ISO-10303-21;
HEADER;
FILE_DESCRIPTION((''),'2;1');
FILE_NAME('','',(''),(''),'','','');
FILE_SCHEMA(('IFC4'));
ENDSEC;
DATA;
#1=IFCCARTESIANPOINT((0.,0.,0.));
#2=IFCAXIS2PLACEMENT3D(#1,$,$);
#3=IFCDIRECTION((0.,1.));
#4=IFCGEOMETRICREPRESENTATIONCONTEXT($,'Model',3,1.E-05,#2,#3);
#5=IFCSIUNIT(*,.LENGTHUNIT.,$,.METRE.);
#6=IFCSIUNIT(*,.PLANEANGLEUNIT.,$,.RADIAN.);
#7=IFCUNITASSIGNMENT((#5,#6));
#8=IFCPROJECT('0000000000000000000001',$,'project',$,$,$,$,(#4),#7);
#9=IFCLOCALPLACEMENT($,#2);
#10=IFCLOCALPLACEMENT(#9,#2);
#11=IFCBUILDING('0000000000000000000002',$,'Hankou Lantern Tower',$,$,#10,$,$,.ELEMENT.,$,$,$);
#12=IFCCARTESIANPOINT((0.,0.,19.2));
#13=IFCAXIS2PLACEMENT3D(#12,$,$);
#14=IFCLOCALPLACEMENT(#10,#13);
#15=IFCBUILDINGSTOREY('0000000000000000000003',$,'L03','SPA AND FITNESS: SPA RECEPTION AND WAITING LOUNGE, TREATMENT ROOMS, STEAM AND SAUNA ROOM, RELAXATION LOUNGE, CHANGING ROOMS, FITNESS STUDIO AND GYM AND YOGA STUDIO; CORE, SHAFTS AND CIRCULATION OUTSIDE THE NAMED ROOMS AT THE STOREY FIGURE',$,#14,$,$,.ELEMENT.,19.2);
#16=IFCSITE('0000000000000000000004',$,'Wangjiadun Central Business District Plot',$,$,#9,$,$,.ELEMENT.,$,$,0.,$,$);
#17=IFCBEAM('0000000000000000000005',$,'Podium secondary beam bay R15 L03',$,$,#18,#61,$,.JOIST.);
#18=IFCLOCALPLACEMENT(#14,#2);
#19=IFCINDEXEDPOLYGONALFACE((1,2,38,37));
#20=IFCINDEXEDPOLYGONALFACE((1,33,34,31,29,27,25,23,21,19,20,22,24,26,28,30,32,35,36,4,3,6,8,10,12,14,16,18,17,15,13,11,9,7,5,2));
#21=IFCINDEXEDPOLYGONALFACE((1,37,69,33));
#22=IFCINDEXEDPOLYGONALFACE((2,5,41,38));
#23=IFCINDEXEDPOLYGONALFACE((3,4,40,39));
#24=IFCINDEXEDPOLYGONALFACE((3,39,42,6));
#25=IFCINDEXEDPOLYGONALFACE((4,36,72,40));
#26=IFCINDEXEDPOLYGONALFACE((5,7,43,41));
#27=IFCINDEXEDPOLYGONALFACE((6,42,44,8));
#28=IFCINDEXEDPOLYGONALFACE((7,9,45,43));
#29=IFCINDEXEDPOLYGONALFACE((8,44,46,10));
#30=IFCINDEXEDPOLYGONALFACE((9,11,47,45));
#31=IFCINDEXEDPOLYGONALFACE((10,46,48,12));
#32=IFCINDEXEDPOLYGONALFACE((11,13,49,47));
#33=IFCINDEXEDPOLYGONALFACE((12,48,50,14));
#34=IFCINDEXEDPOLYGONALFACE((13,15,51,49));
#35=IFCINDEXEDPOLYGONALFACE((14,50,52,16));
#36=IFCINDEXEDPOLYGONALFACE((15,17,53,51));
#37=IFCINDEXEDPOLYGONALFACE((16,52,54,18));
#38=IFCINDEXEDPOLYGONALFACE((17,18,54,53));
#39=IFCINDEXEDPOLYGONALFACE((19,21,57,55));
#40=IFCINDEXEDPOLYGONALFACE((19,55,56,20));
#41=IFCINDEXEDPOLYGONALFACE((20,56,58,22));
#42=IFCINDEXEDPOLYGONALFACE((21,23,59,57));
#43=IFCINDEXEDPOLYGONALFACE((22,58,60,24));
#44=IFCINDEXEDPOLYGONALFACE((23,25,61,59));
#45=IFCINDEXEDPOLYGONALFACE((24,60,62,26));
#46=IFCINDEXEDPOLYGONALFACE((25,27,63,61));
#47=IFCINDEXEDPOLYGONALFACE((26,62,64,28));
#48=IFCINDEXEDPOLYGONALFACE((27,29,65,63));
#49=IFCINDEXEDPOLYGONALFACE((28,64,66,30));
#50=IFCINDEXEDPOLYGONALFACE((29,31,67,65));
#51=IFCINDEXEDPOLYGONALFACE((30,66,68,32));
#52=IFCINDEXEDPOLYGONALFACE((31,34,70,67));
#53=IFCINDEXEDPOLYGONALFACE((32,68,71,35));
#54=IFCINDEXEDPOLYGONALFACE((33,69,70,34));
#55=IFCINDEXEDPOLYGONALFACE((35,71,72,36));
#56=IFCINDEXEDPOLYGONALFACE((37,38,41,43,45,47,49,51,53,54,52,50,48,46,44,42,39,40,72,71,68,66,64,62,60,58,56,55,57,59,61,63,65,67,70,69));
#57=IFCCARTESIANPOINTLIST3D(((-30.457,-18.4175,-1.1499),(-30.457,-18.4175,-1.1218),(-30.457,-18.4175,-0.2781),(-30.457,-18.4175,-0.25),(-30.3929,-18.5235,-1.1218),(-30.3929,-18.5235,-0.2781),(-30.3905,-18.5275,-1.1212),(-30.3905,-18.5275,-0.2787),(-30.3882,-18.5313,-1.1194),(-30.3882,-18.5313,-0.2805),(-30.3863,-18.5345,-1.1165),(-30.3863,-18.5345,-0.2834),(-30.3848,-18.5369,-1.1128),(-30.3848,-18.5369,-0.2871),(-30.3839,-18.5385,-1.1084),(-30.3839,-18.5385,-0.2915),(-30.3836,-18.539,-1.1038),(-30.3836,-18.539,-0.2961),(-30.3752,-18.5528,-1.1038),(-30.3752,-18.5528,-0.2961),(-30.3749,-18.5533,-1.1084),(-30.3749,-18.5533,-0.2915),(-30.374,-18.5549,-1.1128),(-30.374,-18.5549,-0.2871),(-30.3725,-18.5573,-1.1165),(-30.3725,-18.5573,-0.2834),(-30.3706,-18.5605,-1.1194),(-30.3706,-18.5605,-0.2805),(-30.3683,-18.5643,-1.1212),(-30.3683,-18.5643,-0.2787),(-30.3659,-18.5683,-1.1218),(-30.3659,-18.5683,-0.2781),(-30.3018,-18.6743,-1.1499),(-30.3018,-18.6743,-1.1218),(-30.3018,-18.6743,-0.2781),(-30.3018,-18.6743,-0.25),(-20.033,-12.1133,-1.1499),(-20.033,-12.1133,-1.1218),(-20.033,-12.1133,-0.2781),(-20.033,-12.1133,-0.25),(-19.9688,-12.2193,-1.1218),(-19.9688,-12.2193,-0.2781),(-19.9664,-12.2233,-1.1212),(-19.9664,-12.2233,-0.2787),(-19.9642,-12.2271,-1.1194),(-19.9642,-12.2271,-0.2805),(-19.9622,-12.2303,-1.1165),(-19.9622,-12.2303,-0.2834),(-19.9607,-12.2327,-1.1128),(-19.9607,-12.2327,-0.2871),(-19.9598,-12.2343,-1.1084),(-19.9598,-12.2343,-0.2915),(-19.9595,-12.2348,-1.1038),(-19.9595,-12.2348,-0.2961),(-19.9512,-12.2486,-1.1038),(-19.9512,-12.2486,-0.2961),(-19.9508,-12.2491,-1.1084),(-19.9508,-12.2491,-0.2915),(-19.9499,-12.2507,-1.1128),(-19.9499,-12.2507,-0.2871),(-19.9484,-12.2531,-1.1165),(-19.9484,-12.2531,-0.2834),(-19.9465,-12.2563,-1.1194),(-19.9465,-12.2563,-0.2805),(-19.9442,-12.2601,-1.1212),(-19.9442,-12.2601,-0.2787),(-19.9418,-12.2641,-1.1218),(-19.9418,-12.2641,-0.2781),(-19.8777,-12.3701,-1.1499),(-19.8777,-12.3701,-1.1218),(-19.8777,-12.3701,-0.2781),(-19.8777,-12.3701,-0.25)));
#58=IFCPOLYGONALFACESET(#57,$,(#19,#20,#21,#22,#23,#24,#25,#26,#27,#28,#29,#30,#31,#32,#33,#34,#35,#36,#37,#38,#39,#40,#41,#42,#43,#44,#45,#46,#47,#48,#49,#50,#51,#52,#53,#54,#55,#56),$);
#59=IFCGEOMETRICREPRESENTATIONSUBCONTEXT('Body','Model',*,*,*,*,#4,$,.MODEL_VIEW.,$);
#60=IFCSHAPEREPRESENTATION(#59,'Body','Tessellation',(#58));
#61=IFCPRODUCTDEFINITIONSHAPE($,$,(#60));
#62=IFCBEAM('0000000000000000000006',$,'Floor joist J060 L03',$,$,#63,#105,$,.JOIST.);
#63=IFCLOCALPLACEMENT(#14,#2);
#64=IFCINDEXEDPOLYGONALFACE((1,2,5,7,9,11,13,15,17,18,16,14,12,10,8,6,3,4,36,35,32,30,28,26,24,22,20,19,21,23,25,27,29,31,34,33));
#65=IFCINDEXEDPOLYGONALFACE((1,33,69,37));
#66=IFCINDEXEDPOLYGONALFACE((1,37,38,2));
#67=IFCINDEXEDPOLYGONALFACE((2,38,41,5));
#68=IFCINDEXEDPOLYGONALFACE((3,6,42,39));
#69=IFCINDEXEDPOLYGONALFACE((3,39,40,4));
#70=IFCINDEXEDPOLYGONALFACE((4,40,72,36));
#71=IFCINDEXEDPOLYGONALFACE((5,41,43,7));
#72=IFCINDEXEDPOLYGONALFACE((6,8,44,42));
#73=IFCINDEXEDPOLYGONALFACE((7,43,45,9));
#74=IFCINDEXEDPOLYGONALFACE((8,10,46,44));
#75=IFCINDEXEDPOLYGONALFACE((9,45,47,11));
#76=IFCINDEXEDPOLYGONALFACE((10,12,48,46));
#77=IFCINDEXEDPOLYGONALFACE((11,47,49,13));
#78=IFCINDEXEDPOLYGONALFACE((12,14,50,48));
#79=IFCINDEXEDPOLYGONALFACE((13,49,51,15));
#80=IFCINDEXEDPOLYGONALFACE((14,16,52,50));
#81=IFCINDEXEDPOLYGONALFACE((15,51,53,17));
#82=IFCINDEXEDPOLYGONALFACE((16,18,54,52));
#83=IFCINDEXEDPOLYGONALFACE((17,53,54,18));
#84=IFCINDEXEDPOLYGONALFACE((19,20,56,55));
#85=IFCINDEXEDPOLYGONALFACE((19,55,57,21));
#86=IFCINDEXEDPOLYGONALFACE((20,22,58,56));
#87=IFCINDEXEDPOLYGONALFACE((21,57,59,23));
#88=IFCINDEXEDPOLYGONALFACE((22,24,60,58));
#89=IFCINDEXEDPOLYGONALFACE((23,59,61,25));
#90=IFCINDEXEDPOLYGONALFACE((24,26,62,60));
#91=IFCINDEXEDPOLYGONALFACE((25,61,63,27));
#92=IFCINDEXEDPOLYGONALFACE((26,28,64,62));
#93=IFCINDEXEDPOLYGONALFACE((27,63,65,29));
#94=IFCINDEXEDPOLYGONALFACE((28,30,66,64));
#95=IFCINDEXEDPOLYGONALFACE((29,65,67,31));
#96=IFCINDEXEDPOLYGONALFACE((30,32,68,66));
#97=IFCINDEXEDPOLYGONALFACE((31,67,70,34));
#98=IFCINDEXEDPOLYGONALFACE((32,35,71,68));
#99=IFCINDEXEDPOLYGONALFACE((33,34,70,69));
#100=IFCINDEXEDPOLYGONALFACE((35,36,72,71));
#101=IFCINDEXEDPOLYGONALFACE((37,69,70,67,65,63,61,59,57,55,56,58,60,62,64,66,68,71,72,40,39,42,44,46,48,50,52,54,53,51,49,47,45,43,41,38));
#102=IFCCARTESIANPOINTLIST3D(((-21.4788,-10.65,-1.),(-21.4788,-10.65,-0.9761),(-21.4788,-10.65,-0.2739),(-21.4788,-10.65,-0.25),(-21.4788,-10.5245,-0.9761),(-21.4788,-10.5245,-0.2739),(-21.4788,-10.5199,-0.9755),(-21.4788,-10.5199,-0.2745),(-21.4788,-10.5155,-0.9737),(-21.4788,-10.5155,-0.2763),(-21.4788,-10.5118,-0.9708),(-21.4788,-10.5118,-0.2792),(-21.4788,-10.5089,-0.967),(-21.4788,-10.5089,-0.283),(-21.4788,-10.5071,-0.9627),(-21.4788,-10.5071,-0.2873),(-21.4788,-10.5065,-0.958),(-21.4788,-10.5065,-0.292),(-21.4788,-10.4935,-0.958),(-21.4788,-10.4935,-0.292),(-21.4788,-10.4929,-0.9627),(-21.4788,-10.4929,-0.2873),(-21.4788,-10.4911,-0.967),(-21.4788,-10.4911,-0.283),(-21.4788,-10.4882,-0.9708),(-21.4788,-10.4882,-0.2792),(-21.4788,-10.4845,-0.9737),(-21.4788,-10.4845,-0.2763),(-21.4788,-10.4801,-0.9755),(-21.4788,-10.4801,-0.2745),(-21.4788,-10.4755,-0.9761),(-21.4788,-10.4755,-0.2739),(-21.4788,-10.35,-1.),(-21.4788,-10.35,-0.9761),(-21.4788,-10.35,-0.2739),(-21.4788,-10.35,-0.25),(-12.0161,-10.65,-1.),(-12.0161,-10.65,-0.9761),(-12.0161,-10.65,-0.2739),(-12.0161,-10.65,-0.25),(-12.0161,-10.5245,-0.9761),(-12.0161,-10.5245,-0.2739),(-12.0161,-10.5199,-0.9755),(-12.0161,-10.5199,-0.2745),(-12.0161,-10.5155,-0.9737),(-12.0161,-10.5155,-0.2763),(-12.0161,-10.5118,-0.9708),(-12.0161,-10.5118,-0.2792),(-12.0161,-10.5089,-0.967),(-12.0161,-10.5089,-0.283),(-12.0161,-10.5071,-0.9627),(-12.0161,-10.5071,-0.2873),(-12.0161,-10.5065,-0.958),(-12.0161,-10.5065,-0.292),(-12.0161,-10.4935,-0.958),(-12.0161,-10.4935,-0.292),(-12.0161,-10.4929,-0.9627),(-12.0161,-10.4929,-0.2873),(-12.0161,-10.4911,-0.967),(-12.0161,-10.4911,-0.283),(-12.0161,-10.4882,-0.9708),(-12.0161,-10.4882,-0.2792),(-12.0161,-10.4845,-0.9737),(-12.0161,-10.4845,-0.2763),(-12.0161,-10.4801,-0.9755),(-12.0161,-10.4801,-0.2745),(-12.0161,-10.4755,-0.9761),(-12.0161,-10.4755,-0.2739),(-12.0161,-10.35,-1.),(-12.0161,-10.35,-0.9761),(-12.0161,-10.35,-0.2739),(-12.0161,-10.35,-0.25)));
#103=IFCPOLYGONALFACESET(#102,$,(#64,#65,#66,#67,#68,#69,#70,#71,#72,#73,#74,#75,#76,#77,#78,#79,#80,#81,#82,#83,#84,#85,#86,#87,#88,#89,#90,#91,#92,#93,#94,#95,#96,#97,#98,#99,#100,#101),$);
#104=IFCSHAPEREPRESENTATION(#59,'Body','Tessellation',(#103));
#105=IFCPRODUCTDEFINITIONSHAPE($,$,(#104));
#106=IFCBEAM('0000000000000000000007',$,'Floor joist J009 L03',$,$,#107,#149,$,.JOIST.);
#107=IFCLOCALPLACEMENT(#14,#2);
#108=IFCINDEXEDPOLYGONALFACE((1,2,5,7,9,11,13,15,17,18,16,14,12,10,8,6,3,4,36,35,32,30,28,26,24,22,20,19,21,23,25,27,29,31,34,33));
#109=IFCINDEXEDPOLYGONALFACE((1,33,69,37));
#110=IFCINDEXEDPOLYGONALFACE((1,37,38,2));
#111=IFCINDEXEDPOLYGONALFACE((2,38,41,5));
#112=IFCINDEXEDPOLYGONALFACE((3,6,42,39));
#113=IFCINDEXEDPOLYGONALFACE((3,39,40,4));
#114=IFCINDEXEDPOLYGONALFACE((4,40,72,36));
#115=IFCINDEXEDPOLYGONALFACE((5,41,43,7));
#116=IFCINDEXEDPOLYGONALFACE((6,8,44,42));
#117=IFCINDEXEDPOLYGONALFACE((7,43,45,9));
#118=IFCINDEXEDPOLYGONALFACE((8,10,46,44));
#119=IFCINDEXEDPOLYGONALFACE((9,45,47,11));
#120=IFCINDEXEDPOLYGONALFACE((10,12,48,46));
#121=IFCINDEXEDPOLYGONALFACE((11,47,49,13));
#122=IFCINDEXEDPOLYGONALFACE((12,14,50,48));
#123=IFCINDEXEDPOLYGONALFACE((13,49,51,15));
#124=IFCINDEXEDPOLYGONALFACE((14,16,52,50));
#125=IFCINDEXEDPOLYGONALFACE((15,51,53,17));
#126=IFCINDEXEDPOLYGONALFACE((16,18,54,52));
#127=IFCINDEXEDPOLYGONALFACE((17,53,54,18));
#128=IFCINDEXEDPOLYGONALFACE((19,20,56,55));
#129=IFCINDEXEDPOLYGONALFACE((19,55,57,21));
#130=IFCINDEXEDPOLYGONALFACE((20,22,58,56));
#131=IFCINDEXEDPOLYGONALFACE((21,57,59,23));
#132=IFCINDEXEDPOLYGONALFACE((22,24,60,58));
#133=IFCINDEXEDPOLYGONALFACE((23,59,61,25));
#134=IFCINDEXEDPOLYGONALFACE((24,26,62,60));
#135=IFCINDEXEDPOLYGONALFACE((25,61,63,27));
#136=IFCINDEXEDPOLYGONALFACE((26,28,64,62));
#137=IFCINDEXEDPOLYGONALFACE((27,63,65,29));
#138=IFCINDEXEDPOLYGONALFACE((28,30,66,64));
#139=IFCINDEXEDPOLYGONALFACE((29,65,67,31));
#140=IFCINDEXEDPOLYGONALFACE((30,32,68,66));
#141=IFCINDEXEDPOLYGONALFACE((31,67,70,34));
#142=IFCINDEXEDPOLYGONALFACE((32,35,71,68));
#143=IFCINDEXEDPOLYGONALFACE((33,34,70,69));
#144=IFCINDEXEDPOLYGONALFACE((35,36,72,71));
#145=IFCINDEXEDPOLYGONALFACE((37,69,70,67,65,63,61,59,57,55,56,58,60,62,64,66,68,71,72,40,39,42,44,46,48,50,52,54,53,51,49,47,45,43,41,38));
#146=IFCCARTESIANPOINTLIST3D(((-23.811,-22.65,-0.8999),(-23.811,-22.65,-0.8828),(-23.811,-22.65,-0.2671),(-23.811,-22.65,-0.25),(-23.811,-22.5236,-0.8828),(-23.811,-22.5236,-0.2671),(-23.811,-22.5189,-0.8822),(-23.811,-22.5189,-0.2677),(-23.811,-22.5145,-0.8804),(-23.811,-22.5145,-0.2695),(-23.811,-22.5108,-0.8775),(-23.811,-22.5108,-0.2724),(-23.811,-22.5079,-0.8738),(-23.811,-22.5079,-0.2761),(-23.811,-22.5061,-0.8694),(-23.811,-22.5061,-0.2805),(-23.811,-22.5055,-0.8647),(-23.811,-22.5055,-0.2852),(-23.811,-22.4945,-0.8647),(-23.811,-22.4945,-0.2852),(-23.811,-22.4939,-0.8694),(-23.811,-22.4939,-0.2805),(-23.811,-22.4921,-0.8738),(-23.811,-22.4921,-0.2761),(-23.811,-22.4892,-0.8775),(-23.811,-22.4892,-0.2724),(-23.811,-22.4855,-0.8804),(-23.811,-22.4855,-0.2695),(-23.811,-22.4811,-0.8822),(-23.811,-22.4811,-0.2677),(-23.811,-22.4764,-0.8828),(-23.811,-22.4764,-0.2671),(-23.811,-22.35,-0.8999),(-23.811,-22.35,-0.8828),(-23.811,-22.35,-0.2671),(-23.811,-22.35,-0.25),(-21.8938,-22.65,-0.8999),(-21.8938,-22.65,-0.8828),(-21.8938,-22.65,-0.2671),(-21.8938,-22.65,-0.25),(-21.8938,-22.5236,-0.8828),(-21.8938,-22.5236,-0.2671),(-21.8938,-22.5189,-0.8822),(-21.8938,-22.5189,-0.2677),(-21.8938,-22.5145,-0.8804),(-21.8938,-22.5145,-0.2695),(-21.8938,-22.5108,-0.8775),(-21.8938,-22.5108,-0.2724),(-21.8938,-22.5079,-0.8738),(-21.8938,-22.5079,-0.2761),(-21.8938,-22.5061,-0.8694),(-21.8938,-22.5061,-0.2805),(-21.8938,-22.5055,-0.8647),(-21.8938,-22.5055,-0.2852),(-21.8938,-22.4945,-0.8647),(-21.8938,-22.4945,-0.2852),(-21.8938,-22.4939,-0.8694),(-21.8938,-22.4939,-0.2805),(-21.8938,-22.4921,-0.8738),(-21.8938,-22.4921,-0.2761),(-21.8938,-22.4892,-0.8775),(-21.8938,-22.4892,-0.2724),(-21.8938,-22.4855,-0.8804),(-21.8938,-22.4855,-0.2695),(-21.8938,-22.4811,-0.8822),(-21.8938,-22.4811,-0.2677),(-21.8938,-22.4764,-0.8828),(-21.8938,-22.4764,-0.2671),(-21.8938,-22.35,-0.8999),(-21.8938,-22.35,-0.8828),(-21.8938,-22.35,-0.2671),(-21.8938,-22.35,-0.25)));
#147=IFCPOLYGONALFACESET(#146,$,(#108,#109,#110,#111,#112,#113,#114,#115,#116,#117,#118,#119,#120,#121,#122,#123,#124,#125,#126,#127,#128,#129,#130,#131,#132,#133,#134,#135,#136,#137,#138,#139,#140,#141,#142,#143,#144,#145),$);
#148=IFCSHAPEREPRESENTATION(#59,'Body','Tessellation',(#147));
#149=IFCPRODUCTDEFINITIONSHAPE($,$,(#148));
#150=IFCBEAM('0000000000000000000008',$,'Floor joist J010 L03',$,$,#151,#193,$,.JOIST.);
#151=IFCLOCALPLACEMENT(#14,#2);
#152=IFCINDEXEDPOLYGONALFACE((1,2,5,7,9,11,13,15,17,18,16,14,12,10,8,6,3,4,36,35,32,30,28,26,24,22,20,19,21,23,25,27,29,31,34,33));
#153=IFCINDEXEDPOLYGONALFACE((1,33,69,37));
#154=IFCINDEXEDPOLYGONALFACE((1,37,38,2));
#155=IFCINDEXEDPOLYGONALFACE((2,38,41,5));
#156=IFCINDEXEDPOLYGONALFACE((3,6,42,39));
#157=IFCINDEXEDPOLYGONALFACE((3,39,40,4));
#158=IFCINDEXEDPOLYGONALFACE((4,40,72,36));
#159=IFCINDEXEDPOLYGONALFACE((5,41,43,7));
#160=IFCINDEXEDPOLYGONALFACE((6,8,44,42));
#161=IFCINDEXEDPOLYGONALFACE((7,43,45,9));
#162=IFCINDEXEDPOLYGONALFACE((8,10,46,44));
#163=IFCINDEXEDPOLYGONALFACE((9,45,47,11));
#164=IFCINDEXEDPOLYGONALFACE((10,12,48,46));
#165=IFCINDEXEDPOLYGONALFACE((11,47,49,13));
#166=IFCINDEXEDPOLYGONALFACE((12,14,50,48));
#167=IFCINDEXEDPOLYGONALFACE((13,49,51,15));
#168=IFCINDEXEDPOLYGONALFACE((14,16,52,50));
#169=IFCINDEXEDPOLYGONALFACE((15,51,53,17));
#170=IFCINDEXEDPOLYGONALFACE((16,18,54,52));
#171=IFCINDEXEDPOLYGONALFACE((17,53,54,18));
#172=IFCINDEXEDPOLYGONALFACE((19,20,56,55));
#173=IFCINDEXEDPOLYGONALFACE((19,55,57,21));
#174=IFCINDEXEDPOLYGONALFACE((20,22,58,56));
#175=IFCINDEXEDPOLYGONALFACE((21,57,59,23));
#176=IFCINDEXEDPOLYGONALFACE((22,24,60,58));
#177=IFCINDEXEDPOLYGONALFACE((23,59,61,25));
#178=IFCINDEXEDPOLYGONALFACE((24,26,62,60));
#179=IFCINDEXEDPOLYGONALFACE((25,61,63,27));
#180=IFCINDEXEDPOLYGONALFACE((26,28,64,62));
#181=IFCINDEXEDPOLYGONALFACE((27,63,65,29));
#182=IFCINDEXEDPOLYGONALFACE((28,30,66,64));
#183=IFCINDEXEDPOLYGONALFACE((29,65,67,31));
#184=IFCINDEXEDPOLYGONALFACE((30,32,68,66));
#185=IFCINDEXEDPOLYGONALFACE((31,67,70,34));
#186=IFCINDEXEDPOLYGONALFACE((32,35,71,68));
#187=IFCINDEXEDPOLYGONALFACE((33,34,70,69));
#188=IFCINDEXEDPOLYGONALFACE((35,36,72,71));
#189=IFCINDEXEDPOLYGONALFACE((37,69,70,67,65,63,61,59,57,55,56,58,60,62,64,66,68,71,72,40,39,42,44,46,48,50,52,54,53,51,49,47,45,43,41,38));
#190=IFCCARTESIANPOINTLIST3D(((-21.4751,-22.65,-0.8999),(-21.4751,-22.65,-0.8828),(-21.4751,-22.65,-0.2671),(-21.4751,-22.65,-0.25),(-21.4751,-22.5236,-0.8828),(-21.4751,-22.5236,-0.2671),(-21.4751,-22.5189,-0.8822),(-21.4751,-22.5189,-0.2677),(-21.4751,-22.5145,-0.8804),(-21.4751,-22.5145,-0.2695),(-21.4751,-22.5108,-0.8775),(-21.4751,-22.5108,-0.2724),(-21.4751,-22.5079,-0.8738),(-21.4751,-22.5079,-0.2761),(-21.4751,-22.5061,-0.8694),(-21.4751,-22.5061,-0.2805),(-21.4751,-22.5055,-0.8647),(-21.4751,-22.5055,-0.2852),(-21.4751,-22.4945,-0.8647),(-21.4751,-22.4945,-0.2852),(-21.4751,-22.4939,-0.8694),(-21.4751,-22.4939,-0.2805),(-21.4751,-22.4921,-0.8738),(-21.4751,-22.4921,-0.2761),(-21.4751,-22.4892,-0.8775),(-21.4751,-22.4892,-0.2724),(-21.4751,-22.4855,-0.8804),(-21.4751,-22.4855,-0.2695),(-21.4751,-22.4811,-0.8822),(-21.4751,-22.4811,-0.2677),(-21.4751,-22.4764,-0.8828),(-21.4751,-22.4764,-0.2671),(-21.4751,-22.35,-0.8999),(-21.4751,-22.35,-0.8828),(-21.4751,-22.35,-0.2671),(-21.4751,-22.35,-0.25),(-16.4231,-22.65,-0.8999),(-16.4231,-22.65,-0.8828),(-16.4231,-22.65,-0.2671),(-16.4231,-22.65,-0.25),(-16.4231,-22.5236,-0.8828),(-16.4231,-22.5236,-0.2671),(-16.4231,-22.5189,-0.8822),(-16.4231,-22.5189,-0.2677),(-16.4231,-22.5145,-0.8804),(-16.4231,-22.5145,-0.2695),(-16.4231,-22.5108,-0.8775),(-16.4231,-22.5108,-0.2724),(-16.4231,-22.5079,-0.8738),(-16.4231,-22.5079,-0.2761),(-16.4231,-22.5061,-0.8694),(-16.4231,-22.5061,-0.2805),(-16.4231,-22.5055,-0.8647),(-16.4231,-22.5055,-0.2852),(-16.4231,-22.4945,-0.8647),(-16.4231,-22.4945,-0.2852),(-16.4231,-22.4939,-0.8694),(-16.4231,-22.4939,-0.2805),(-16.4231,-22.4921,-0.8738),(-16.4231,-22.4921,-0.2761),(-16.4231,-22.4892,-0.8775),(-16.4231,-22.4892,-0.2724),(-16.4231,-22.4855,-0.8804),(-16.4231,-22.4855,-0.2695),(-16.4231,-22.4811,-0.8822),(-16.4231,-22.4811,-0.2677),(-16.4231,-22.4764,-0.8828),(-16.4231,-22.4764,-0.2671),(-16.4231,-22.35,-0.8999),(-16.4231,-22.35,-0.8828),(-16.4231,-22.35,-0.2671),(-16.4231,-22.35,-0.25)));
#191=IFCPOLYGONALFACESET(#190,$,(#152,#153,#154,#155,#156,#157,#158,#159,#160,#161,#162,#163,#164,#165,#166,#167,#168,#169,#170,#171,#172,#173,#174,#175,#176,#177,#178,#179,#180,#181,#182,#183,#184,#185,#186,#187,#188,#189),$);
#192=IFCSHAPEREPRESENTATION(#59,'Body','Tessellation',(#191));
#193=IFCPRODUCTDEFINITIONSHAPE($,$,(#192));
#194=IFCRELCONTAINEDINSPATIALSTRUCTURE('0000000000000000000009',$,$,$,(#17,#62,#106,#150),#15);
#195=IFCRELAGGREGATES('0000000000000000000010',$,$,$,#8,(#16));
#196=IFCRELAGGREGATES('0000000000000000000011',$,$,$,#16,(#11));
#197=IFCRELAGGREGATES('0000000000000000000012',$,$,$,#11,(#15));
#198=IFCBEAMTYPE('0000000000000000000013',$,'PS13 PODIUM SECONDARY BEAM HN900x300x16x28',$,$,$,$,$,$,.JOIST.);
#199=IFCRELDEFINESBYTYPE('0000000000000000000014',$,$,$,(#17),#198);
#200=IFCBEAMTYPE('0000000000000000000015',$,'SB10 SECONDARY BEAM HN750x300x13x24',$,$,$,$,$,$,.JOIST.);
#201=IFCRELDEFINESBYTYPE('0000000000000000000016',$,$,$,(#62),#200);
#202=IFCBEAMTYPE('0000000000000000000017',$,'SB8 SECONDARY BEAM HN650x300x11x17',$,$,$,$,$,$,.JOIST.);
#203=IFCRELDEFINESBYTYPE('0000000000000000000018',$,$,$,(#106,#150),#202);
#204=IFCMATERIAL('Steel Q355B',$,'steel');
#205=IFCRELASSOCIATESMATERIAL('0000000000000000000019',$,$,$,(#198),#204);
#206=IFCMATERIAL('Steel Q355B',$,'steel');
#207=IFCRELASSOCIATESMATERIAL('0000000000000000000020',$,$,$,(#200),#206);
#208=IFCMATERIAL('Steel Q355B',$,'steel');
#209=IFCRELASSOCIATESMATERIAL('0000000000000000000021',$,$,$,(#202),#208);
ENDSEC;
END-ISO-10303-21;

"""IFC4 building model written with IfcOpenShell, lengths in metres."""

from ifc_helpers import new_model, si_unit, direction, frame, origin, origin_2d, place, context, subcontext, project, spatial, i_section, extrude, material, material_profile, profile_set, type_object, element, save


model = new_model("IFC4")

# Units and contexts
model_context = context("Model", 3, precision=1e-05, world=origin(), true_north=direction((0.0, 1.0)))
body_context = subcontext(model_context, "Body", "Model", "MODEL_VIEW")
ifc_project = project(units=[si_unit("LENGTHUNIT", "METRE"), si_unit("PLANEANGLEUNIT", "RADIAN")], contexts=[model_context])

# Site, building, storey
site_placement = place(None, origin())
site = spatial("IfcSite", under=ifc_project, at=site_placement, Name="Wangjiadun Central Business District Plot", CompositionType="ELEMENT", RefElevation=0.0)
building_placement = place(site_placement, origin())
building = spatial("IfcBuilding", under=site, at=building_placement, Name="Hankou Lantern Tower", CompositionType="ELEMENT")
storey_placement = place(building_placement, frame((0.0, 0.0, 19.2)))
storey = spatial("IfcBuildingStorey", under=building, at=storey_placement, Name="L03", Description="SPA AND FITNESS: SPA RECEPTION AND WAITING LOUNGE, TREATMENT ROOMS, STEAM AND SAUNA ROOM, RELAXATION LOUNGE, CHANGING ROOMS, FITNESS STUDIO AND GYM AND YOGA STUDIO; CORE, SHAFTS AND CIRCULATION OUTSIDE THE NAMED ROOMS AT THE STOREY FIGURE", CompositionType="ELEMENT", Elevation=19.2)

# Beams
ifc_material_1 = material(Name="Steel Q355B", Category="steel")
ifc_material_profile_1 = material_profile(ifc_material_1, i_section(OverallWidth=0.3, OverallDepth=0.8999, WebThickness=0.0161, FlangeThickness=0.0281, FilletRadius=0.0181, at=origin_2d()), Name="HN900x300x16x28")
ifc_profile_set_1 = profile_set([ifc_material_profile_1], Name="Steel Q355B")
beam_type_1 = type_object("IfcBeamType", Name="PS13 PODIUM SECONDARY BEAM HN900x300x16x28", PredefinedType="JOIST", material=ifc_profile_set_1)
beam_1_placement = place(storey_placement, frame((-19.9553, -12.2417, -0.7), z_axis=(-0.855686, -0.517496, 0.0), x_axis=(0.517496, -0.855686, 0.0)))
element("IfcBeam", 1, at=beam_1_placement, inside=storey, type_object=beam_type_1, Name="Podium secondary beam bay R15 L03", PredefinedType="JOIST", context=body_context, shape_type="SweptSolid", body=[
    extrude(i_section(OverallWidth=0.3, OverallDepth=0.8999, WebThickness=0.0161, FlangeThickness=0.0281, FilletRadius=0.0181, at=origin_2d()), origin(), (0.0, 0.0, 1.0), 12.1821),
])
ifc_material_2 = material(Name="Steel Q355B", Category="steel")
ifc_material_profile_2 = material_profile(ifc_material_2, i_section(OverallWidth=0.3, OverallDepth=0.75, WebThickness=0.0129, FlangeThickness=0.0239, FilletRadius=0.0181, at=origin_2d()), Name="HN750x300x13x24")
ifc_profile_set_2 = profile_set([ifc_material_profile_2], Name="Steel Q355B")
beam_type_2 = type_object("IfcBeamType", Name="SB10 SECONDARY BEAM HN750x300x13x24", PredefinedType="JOIST", material=ifc_profile_set_2)
beam_2_placement = place(storey_placement, frame((-21.4788, -10.5, -0.625), z_axis=(1.0, 0.0, 0.0), x_axis=(0.0, 1.0, 0.0)))
element("IfcBeam", 2, at=beam_2_placement, inside=storey, type_object=beam_type_2, Name="Floor joist J060 L03", PredefinedType="JOIST", context=body_context, shape_type="SweptSolid", body=[
    extrude(i_section(OverallWidth=0.3, OverallDepth=0.75, WebThickness=0.0129, FlangeThickness=0.0239, FilletRadius=0.0181, at=origin_2d()), origin(), (0.0, 0.0, 1.0), 9.4626),
])
ifc_material_3 = material(Name="Steel Q355B", Category="steel")
ifc_material_profile_3 = material_profile(ifc_material_3, i_section(OverallWidth=0.3, OverallDepth=0.6499, WebThickness=0.011, FlangeThickness=0.0171, FilletRadius=0.0181, at=origin_2d()), Name="HN650x300x11x17")
ifc_profile_set_3 = profile_set([ifc_material_profile_3], Name="Steel Q355B")
beam_type_3 = type_object("IfcBeamType", Name="SB8 SECONDARY BEAM HN650x300x11x17", PredefinedType="JOIST", material=ifc_profile_set_3)
beam_3_placement = place(storey_placement, frame((-23.811, -22.5, -0.575), z_axis=(1.0, 0.0, 0.0), x_axis=(0.0, 1.0, 0.0)))
element("IfcBeam", 3, at=beam_3_placement, inside=storey, type_object=beam_type_3, Name="Floor joist J009 L03", PredefinedType="JOIST", context=body_context, shape_type="SweptSolid", body=[
    extrude(i_section(OverallWidth=0.3, OverallDepth=0.6499, WebThickness=0.011, FlangeThickness=0.0171, FilletRadius=0.0181, at=origin_2d()), origin(), (0.0, 0.0, 1.0), 1.9172),
])
beam_4_placement = place(storey_placement, frame((-21.4751, -22.5, -0.575), z_axis=(1.0, 0.0, 0.0), x_axis=(0.0, 1.0, 0.0)))
element("IfcBeam", 4, at=beam_4_placement, inside=storey, type_object=beam_type_3, Name="Floor joist J010 L03", PredefinedType="JOIST", context=body_context, shape_type="SweptSolid", body=[
    extrude(i_section(OverallWidth=0.3, OverallDepth=0.6499, WebThickness=0.011, FlangeThickness=0.0171, FilletRadius=0.0181, at=origin_2d()), origin(), (0.0, 0.0, 1.0), 5.052),
])

save(model, "model.ifc")
